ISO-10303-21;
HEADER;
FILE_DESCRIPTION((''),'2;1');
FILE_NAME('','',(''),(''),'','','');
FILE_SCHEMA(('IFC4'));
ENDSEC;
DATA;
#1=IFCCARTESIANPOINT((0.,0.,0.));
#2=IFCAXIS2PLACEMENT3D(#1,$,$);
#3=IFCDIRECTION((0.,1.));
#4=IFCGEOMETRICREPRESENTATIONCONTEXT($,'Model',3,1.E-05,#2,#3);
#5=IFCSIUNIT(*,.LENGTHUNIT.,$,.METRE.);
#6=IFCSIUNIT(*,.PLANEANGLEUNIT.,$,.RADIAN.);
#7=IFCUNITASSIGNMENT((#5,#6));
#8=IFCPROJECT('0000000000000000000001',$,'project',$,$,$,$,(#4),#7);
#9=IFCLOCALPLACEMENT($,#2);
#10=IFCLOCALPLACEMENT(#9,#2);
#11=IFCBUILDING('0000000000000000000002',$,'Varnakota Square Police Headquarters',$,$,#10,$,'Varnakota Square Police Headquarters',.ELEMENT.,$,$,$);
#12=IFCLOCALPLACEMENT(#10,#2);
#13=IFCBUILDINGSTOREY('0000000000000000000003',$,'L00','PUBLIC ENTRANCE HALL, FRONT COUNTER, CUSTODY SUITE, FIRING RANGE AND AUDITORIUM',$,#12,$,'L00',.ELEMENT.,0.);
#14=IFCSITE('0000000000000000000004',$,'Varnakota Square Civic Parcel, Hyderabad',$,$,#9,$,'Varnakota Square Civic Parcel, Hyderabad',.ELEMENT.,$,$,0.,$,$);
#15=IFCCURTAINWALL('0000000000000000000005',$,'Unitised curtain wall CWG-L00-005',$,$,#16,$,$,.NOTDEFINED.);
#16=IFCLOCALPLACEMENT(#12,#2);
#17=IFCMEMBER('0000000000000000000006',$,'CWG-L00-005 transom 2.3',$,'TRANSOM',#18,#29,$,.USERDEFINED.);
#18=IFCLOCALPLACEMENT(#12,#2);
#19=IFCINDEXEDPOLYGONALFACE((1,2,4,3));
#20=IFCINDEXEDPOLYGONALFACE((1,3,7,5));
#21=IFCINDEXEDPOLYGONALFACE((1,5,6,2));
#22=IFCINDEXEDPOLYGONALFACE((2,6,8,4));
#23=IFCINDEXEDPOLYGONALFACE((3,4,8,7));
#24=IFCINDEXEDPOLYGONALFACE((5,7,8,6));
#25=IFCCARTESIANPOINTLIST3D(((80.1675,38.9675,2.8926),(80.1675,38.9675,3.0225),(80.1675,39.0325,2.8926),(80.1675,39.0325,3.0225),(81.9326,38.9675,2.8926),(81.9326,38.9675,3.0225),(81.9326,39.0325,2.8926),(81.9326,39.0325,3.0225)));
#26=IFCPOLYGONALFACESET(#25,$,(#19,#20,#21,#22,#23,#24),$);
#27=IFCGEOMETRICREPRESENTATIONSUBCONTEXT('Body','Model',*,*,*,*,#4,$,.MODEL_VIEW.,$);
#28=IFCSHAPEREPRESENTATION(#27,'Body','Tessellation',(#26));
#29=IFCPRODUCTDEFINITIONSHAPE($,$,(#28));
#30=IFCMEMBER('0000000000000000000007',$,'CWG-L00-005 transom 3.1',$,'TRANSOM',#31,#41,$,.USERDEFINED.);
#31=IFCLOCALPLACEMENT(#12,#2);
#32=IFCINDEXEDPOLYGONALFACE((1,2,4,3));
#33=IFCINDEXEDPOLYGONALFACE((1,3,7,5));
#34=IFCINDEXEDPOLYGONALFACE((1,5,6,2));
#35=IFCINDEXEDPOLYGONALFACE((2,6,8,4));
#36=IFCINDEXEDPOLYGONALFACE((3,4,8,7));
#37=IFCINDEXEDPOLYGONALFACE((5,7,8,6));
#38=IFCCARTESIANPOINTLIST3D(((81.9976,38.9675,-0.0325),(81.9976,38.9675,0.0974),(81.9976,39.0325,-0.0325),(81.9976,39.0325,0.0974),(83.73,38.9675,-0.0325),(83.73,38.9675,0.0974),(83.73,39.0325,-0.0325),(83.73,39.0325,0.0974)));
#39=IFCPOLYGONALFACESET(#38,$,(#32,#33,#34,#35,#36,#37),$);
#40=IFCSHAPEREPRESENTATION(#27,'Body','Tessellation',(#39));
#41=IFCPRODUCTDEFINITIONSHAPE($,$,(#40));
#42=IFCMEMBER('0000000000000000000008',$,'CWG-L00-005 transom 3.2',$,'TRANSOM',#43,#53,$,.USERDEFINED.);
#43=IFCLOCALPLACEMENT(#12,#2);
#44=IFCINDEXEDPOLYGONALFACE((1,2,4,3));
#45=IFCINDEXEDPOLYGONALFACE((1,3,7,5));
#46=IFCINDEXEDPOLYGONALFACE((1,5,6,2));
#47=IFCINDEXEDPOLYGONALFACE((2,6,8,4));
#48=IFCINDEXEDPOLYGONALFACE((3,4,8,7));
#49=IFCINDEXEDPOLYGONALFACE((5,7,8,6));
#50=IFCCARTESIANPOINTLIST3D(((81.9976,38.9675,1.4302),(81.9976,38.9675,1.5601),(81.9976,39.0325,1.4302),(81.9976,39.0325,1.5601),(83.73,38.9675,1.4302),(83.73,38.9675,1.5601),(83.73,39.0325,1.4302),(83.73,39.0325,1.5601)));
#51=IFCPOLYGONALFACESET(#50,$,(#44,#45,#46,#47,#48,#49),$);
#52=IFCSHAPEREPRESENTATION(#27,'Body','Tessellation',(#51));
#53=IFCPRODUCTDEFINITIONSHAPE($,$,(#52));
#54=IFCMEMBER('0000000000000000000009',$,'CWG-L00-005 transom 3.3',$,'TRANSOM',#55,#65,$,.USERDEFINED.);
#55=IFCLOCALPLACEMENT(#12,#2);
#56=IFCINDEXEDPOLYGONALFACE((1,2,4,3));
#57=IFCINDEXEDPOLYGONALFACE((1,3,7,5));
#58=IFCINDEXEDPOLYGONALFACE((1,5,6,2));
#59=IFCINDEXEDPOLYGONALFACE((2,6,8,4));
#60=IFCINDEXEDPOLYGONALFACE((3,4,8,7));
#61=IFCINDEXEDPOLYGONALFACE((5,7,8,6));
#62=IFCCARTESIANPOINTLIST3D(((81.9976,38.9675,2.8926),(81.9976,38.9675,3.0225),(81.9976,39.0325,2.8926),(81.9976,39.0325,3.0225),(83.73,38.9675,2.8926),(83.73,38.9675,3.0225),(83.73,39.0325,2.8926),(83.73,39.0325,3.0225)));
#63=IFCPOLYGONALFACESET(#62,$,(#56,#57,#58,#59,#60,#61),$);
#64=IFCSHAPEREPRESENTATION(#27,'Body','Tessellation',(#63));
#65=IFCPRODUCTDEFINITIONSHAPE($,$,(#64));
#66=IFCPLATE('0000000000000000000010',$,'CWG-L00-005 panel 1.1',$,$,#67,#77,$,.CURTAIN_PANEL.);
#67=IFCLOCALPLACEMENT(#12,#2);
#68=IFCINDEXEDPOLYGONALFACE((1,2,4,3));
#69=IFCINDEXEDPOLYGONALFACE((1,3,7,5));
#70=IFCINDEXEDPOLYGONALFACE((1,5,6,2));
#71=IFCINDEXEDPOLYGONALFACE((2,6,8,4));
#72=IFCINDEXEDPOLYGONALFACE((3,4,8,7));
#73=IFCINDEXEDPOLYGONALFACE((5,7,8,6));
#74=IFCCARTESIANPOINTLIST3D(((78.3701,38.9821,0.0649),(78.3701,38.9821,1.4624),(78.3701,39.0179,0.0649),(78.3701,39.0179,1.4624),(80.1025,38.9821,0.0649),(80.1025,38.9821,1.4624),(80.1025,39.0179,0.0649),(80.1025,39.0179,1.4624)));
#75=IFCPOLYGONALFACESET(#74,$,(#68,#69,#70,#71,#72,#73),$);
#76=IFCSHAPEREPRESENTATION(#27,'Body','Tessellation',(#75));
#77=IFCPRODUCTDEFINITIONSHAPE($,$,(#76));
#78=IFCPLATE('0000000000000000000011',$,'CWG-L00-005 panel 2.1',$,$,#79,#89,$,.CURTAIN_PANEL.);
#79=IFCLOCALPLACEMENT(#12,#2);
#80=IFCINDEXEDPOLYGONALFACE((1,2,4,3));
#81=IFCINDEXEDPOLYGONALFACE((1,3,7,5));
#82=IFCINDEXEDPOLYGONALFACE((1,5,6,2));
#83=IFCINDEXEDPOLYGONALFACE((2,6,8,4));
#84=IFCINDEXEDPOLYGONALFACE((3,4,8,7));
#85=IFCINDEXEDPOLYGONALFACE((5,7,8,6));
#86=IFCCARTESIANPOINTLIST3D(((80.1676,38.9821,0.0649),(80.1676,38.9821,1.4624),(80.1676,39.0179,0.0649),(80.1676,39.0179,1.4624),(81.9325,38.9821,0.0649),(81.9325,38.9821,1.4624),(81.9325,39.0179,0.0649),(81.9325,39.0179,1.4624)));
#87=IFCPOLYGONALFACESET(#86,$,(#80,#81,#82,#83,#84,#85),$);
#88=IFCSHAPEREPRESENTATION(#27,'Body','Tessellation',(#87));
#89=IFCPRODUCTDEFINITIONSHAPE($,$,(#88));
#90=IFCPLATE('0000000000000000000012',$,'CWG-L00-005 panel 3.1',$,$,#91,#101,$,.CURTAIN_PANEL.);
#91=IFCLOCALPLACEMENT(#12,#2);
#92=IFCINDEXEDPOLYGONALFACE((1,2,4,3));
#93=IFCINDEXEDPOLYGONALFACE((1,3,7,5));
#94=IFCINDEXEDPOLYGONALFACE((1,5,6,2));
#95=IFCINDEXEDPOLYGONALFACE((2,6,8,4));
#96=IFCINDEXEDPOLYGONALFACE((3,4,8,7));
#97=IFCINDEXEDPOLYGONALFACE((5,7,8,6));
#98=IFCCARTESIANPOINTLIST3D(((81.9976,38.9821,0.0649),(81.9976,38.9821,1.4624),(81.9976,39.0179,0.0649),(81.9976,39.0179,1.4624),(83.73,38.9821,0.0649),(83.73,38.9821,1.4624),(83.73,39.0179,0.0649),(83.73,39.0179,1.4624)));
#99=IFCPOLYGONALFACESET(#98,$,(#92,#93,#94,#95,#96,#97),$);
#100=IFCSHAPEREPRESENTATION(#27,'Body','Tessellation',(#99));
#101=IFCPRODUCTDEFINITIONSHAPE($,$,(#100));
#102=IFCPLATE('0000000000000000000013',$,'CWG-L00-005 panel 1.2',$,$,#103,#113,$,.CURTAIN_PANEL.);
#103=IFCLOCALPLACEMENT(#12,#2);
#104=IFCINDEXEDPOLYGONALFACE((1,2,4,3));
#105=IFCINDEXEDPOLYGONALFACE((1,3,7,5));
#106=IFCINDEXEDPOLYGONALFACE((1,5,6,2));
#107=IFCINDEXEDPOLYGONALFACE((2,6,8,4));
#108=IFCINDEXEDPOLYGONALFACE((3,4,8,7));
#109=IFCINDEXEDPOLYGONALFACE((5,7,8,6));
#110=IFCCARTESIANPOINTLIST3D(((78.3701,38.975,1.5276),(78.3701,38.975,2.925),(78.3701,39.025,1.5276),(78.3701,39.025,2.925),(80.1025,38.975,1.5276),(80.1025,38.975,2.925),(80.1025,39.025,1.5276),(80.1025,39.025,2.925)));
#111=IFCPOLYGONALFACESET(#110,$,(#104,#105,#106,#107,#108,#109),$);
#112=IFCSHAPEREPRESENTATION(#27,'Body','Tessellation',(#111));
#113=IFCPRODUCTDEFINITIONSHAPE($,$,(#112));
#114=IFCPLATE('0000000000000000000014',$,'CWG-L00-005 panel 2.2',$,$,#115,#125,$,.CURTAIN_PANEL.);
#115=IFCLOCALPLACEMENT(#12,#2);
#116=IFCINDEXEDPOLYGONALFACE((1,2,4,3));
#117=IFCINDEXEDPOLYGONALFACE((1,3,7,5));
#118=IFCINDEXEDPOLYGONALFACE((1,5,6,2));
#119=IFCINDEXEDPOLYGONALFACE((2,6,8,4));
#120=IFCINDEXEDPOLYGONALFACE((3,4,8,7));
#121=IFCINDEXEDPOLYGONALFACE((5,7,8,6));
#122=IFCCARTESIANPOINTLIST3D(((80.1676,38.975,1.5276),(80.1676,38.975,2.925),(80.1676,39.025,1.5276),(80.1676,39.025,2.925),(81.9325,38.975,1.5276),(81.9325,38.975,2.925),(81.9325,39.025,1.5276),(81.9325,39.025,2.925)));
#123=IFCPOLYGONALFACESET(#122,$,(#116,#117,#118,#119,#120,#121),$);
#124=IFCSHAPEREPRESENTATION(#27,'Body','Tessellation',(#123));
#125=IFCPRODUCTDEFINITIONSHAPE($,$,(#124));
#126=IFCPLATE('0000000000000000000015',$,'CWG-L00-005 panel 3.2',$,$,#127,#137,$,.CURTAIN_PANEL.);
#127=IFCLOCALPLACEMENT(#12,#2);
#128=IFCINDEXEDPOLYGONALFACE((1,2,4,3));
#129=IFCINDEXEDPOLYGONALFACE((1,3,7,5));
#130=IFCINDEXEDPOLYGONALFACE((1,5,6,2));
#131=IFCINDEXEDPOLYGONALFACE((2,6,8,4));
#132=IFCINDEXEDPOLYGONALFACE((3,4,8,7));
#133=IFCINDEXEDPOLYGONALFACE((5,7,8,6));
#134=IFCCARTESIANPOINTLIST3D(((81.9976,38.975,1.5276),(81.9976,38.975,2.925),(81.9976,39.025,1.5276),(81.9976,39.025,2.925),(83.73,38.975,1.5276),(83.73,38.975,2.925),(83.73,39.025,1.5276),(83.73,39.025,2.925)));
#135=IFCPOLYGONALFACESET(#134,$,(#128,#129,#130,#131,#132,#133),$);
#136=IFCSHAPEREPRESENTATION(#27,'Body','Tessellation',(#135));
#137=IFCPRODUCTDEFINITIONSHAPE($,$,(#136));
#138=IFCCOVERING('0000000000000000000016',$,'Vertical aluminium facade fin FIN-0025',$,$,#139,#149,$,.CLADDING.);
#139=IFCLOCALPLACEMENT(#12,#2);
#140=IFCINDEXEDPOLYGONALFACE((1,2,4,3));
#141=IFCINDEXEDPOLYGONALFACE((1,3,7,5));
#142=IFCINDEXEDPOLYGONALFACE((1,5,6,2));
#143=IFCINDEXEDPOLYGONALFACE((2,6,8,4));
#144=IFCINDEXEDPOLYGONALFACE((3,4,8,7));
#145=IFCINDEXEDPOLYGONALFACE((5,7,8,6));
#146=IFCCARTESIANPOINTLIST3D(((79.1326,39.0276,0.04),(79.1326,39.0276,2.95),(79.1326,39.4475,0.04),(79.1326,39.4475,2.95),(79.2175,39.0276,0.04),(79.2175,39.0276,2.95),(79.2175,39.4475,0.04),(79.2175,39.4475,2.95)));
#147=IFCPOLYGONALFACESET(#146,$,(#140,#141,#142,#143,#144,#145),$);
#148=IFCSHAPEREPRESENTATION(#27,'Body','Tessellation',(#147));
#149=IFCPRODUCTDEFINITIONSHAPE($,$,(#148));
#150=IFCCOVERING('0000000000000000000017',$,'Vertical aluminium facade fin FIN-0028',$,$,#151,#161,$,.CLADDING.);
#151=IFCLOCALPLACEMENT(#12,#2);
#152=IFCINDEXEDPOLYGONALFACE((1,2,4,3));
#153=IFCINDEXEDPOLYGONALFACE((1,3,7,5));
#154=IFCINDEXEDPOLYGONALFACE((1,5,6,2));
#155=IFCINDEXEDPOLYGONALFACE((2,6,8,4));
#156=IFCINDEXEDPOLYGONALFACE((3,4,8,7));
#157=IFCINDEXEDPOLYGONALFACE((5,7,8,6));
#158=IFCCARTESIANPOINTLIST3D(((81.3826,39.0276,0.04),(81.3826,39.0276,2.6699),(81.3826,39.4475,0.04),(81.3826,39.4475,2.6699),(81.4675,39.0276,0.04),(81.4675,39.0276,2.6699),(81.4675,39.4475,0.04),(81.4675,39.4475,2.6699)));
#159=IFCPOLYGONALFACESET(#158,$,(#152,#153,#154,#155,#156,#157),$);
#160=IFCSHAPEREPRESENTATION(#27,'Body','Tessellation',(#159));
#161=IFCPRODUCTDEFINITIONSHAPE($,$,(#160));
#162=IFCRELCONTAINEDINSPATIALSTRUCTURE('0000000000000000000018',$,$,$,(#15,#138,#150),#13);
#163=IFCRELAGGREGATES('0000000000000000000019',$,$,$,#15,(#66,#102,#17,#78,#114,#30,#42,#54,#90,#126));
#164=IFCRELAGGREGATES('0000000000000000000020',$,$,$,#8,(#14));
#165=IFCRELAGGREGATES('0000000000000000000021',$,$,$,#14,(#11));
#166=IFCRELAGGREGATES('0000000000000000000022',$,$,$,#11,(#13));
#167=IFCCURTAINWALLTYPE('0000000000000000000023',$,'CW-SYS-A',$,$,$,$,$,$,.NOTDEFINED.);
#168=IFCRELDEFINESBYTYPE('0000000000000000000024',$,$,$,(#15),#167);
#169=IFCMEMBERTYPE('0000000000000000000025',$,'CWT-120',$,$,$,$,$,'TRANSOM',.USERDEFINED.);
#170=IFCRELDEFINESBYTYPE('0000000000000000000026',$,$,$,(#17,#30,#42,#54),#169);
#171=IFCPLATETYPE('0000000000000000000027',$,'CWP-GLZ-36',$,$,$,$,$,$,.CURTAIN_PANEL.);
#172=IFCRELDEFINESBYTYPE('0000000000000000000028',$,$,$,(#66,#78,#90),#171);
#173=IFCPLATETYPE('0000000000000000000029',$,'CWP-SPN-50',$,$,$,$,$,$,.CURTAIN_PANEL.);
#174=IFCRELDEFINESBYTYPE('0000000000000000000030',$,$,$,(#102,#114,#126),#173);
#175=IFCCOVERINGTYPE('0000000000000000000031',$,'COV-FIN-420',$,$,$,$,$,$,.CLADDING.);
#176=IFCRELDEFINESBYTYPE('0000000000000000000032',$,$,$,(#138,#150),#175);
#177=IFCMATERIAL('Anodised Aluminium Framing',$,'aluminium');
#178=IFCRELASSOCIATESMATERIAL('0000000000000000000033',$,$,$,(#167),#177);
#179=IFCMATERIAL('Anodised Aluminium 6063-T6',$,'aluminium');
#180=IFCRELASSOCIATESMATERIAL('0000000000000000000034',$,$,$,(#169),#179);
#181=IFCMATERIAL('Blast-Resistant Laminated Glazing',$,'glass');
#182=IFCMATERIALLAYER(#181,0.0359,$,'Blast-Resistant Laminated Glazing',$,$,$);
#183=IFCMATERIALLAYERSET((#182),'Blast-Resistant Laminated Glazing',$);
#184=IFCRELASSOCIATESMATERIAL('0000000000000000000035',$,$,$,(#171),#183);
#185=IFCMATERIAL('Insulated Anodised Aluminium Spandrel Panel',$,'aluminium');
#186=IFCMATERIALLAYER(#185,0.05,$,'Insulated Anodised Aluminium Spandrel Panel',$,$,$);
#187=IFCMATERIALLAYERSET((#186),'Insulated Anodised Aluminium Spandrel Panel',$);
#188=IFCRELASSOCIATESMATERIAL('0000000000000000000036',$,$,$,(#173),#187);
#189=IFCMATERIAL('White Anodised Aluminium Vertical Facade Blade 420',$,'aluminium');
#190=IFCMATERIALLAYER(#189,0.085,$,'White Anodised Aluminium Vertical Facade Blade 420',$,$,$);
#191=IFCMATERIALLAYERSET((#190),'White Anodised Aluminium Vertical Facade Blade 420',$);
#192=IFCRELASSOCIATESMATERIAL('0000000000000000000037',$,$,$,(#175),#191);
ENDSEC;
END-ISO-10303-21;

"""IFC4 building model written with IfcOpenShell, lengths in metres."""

from ifc_helpers import new_model, si_unit, direction, frame, origin, origin_2d, place, context, subcontext, project, spatial, rectangle, extrude, material, layer, layer_set, material_profile, profile_set, type_object, element, aggregate, save


model = new_model("IFC4")

# Units and contexts
model_context = context("Model", 3, precision=1e-05, world=origin(), true_north=direction((0.0, 1.0)))
body_context = subcontext(model_context, "Body", "Model", "MODEL_VIEW")
ifc_project = project(units=[si_unit("LENGTHUNIT", "METRE"), si_unit("PLANEANGLEUNIT", "RADIAN")], contexts=[model_context])

# Site, building, storey
site_placement = place(None, origin())
site = spatial("IfcSite", under=ifc_project, at=site_placement, Name="Varnakota Square Civic Parcel, Hyderabad", LongName="Varnakota Square Civic Parcel, Hyderabad", CompositionType="ELEMENT", RefElevation=0.0)
building_placement = place(site_placement, origin())
building = spatial("IfcBuilding", under=site, at=building_placement, Name="Varnakota Square Police Headquarters", LongName="Varnakota Square Police Headquarters", CompositionType="ELEMENT")
storey_placement = place(building_placement, origin())
storey = spatial("IfcBuildingStorey", under=building, at=storey_placement, Name="L00", Description="PUBLIC ENTRANCE HALL, FRONT COUNTER, CUSTODY SUITE, FIRING RANGE AND AUDITORIUM", LongName="L00", CompositionType="ELEMENT", Elevation=0.0)

# Curtain wall
ifc_material_1 = material(Name="Anodised Aluminium Framing", Category="aluminium")
curtain_wall_type = type_object("IfcCurtainWallType", Name="CW-SYS-A", PredefinedType="NOTDEFINED", material=ifc_material_1)
curtain_wall_1_placement = place(storey_placement, origin())
curtain_wall_1 = element("IfcCurtainWall", 1, at=curtain_wall_1_placement, inside=storey, type_object=curtain_wall_type, Name="Unitised curtain wall CWG-L00-005", PredefinedType="NOTDEFINED")
ifc_material_2 = material(Name="Anodised Aluminium 6063-T6", Category="aluminium")

# Members
ifc_material_profile_1 = material_profile(ifc_material_2, rectangle(XDim=0.0649, YDim=0.1299, at=origin_2d()), Name="ALU TRANSOM 65x130")
ifc_profile_set_1 = profile_set([ifc_material_profile_1], Name="Anodised Aluminium 6063-T6")
member_type_1 = type_object("IfcMemberType", Name="CWT-120", ElementType="TRANSOM", PredefinedType="USERDEFINED", material=ifc_profile_set_1)
member_1_placement = place(storey_placement, frame((80.1675, 39.0, 2.9575), z_axis=(1.0, 0.0, 0.0), x_axis=(0.0, 1.0, 0.0)))
member_1 = element("IfcMember", 2, at=member_1_placement, type_object=member_type_1, Name="CWG-L00-005 transom 2.3", ObjectType="TRANSOM", PredefinedType="USERDEFINED", context=body_context, shape_type="SweptSolid", body=[
    extrude(rectangle(XDim=0.0649, YDim=0.1299, at=origin_2d()), origin(), (0.0, 0.0, 1.0), 1.7651),
])
member_2_placement = place(storey_placement, frame((81.9976, 39.0, 0.0325), z_axis=(1.0, 0.0, 0.0), x_axis=(0.0, 1.0, 0.0)))
member_2 = element("IfcMember", 3, at=member_2_placement, type_object=member_type_1, Name="CWG-L00-005 transom 3.1", ObjectType="TRANSOM", PredefinedType="USERDEFINED", context=body_context, shape_type="SweptSolid", body=[
    extrude(rectangle(XDim=0.0649, YDim=0.1299, at=origin_2d()), origin(), (0.0, 0.0, 1.0), 1.7324),
])
member_3_placement = place(storey_placement, frame((81.9976, 39.0, 1.4951), z_axis=(1.0, 0.0, 0.0), x_axis=(0.0, 1.0, 0.0)))
member_3 = element("IfcMember", 4, at=member_3_placement, type_object=member_type_1, Name="CWG-L00-005 transom 3.2", ObjectType="TRANSOM", PredefinedType="USERDEFINED", context=body_context, shape_type="SweptSolid", body=[
    extrude(rectangle(XDim=0.0649, YDim=0.1299, at=origin_2d()), origin(), (0.0, 0.0, 1.0), 1.7324),
])
member_4_placement = place(storey_placement, frame((81.9976, 39.0, 2.9575), z_axis=(1.0, 0.0, 0.0), x_axis=(0.0, 1.0, 0.0)))
member_4 = element("IfcMember", 5, at=member_4_placement, type_object=member_type_1, Name="CWG-L00-005 transom 3.3", ObjectType="TRANSOM", PredefinedType="USERDEFINED", context=body_context, shape_type="SweptSolid", body=[
    extrude(rectangle(XDim=0.0649, YDim=0.1299, at=origin_2d()), origin(), (0.0, 0.0, 1.0), 1.7324),
])

# Plates
ifc_material_3 = material(Name="Blast-Resistant Laminated Glazing", Category="glass")
ifc_layer_1 = layer(ifc_material_3, 0.0359, Name="Blast-Resistant Laminated Glazing")
ifc_layer_set_1 = layer_set([ifc_layer_1], Name="Blast-Resistant Laminated Glazing")
plate_type_1 = type_object("IfcPlateType", Name="CWP-GLZ-36", PredefinedType="CURTAIN_PANEL", material=ifc_layer_set_1)
plate_1_placement = place(storey_placement, frame((79.2363, 39.0, 0.0649), z_axis=(0.0, 0.0, 1.0), x_axis=(1.0, 0.0, 0.0)))
plate_1 = element("IfcPlate", 6, at=plate_1_placement, type_object=plate_type_1, Name="CWG-L00-005 panel 1.1", PredefinedType="CURTAIN_PANEL", context=body_context, shape_type="SweptSolid", body=[
    extrude(rectangle(XDim=1.7324, YDim=0.0359, at=origin_2d()), origin(), (0.0, 0.0, 1.0), 1.3975),
])
plate_2_placement = place(storey_placement, frame((81.05, 39.0, 0.0649), z_axis=(0.0, 0.0, 1.0), x_axis=(1.0, 0.0, 0.0)))
plate_2 = element("IfcPlate", 7, at=plate_2_placement, type_object=plate_type_1, Name="CWG-L00-005 panel 2.1", PredefinedType="CURTAIN_PANEL", context=body_context, shape_type="SweptSolid", body=[
    extrude(rectangle(XDim=1.7649, YDim=0.0359, at=origin_2d()), origin(), (0.0, 0.0, 1.0), 1.3975),
])
plate_3_placement = place(storey_placement, frame((82.8638, 39.0, 0.0649), z_axis=(0.0, 0.0, 1.0), x_axis=(1.0, 0.0, 0.0)))
plate_3 = element("IfcPlate", 8, at=plate_3_placement, type_object=plate_type_1, Name="CWG-L00-005 panel 3.1", PredefinedType="CURTAIN_PANEL", context=body_context, shape_type="SweptSolid", body=[
    extrude(rectangle(XDim=1.7324, YDim=0.0359, at=origin_2d()), origin(), (0.0, 0.0, 1.0), 1.3975),
])
ifc_material_4 = material(Name="Insulated Anodised Aluminium Spandrel Panel", Category="aluminium")
ifc_layer_2 = layer(ifc_material_4, 0.05, Name="Insulated Anodised Aluminium Spandrel Panel")
ifc_layer_set_2 = layer_set([ifc_layer_2], Name="Insulated Anodised Aluminium Spandrel Panel")
plate_type_2 = type_object("IfcPlateType", Name="CWP-SPN-50", PredefinedType="CURTAIN_PANEL", material=ifc_layer_set_2)
plate_4_placement = place(storey_placement, frame((79.2363, 39.0, 1.5276), z_axis=(0.0, 0.0, 1.0), x_axis=(1.0, 0.0, 0.0)))
plate_4 = element("IfcPlate", 9, at=plate_4_placement, type_object=plate_type_2, Name="CWG-L00-005 panel 1.2", PredefinedType="CURTAIN_PANEL", context=body_context, shape_type="SweptSolid", body=[
    extrude(rectangle(XDim=1.7324, YDim=0.05, at=origin_2d()), origin(), (0.0, 0.0, 1.0), 1.3975),
])
plate_5_placement = place(storey_placement, frame((81.05, 39.0, 1.5276), z_axis=(0.0, 0.0, 1.0), x_axis=(1.0, 0.0, 0.0)))
plate_5 = element("IfcPlate", 10, at=plate_5_placement, type_object=plate_type_2, Name="CWG-L00-005 panel 2.2", PredefinedType="CURTAIN_PANEL", context=body_context, shape_type="SweptSolid", body=[
    extrude(rectangle(XDim=1.7649, YDim=0.05, at=origin_2d()), origin(), (0.0, 0.0, 1.0), 1.3975),
])
plate_6_placement = place(storey_placement, frame((82.8638, 39.0, 1.5276), z_axis=(0.0, 0.0, 1.0), x_axis=(1.0, 0.0, 0.0)))
plate_6 = element("IfcPlate", 11, at=plate_6_placement, type_object=plate_type_2, Name="CWG-L00-005 panel 3.2", PredefinedType="CURTAIN_PANEL", context=body_context, shape_type="SweptSolid", body=[
    extrude(rectangle(XDim=1.7324, YDim=0.05, at=origin_2d()), origin(), (0.0, 0.0, 1.0), 1.3975),
])
aggregate(curtain_wall_1, [plate_1, plate_4, member_1, plate_2, plate_5, member_2, member_3, member_4, plate_3, plate_6])

# Coverings
ifc_material_5 = material(Name="White Anodised Aluminium Vertical Facade Blade 420", Category="aluminium")
ifc_layer_3 = layer(ifc_material_5, 0.085, Name="White Anodised Aluminium Vertical Facade Blade 420")
ifc_layer_set_3 = layer_set([ifc_layer_3], Name="White Anodised Aluminium Vertical Facade Blade 420")
covering_type = type_object("IfcCoveringType", Name="COV-FIN-420", PredefinedType="CLADDING", material=ifc_layer_set_3)
covering_1_placement = place(storey_placement, frame((79.175, 39.2375, 0.04), z_axis=(0.0, 0.0, 1.0), x_axis=(1.0, 0.0, 0.0)))
element("IfcCovering", 12, at=covering_1_placement, inside=storey, type_object=covering_type, Name="Vertical aluminium facade fin FIN-0025", PredefinedType="CLADDING", context=body_context, shape_type="SweptSolid", body=[
    extrude(rectangle(XDim=0.085, YDim=0.4199, at=origin_2d()), origin(), (0.0, 0.0, 1.0), 2.9099),
])
covering_2_placement = place(storey_placement, frame((81.425, 39.2375, 0.04), z_axis=(0.0, 0.0, 1.0), x_axis=(1.0, 0.0, 0.0)))
element("IfcCovering", 13, at=covering_2_placement, inside=storey, type_object=covering_type, Name="Vertical aluminium facade fin FIN-0028", PredefinedType="CLADDING", context=body_context, shape_type="SweptSolid", body=[
    extrude(rectangle(XDim=0.085, YDim=0.4199, at=origin_2d()), origin(), (0.0, 0.0, 1.0), 2.6299),
])

save(model, "model.ifc")
